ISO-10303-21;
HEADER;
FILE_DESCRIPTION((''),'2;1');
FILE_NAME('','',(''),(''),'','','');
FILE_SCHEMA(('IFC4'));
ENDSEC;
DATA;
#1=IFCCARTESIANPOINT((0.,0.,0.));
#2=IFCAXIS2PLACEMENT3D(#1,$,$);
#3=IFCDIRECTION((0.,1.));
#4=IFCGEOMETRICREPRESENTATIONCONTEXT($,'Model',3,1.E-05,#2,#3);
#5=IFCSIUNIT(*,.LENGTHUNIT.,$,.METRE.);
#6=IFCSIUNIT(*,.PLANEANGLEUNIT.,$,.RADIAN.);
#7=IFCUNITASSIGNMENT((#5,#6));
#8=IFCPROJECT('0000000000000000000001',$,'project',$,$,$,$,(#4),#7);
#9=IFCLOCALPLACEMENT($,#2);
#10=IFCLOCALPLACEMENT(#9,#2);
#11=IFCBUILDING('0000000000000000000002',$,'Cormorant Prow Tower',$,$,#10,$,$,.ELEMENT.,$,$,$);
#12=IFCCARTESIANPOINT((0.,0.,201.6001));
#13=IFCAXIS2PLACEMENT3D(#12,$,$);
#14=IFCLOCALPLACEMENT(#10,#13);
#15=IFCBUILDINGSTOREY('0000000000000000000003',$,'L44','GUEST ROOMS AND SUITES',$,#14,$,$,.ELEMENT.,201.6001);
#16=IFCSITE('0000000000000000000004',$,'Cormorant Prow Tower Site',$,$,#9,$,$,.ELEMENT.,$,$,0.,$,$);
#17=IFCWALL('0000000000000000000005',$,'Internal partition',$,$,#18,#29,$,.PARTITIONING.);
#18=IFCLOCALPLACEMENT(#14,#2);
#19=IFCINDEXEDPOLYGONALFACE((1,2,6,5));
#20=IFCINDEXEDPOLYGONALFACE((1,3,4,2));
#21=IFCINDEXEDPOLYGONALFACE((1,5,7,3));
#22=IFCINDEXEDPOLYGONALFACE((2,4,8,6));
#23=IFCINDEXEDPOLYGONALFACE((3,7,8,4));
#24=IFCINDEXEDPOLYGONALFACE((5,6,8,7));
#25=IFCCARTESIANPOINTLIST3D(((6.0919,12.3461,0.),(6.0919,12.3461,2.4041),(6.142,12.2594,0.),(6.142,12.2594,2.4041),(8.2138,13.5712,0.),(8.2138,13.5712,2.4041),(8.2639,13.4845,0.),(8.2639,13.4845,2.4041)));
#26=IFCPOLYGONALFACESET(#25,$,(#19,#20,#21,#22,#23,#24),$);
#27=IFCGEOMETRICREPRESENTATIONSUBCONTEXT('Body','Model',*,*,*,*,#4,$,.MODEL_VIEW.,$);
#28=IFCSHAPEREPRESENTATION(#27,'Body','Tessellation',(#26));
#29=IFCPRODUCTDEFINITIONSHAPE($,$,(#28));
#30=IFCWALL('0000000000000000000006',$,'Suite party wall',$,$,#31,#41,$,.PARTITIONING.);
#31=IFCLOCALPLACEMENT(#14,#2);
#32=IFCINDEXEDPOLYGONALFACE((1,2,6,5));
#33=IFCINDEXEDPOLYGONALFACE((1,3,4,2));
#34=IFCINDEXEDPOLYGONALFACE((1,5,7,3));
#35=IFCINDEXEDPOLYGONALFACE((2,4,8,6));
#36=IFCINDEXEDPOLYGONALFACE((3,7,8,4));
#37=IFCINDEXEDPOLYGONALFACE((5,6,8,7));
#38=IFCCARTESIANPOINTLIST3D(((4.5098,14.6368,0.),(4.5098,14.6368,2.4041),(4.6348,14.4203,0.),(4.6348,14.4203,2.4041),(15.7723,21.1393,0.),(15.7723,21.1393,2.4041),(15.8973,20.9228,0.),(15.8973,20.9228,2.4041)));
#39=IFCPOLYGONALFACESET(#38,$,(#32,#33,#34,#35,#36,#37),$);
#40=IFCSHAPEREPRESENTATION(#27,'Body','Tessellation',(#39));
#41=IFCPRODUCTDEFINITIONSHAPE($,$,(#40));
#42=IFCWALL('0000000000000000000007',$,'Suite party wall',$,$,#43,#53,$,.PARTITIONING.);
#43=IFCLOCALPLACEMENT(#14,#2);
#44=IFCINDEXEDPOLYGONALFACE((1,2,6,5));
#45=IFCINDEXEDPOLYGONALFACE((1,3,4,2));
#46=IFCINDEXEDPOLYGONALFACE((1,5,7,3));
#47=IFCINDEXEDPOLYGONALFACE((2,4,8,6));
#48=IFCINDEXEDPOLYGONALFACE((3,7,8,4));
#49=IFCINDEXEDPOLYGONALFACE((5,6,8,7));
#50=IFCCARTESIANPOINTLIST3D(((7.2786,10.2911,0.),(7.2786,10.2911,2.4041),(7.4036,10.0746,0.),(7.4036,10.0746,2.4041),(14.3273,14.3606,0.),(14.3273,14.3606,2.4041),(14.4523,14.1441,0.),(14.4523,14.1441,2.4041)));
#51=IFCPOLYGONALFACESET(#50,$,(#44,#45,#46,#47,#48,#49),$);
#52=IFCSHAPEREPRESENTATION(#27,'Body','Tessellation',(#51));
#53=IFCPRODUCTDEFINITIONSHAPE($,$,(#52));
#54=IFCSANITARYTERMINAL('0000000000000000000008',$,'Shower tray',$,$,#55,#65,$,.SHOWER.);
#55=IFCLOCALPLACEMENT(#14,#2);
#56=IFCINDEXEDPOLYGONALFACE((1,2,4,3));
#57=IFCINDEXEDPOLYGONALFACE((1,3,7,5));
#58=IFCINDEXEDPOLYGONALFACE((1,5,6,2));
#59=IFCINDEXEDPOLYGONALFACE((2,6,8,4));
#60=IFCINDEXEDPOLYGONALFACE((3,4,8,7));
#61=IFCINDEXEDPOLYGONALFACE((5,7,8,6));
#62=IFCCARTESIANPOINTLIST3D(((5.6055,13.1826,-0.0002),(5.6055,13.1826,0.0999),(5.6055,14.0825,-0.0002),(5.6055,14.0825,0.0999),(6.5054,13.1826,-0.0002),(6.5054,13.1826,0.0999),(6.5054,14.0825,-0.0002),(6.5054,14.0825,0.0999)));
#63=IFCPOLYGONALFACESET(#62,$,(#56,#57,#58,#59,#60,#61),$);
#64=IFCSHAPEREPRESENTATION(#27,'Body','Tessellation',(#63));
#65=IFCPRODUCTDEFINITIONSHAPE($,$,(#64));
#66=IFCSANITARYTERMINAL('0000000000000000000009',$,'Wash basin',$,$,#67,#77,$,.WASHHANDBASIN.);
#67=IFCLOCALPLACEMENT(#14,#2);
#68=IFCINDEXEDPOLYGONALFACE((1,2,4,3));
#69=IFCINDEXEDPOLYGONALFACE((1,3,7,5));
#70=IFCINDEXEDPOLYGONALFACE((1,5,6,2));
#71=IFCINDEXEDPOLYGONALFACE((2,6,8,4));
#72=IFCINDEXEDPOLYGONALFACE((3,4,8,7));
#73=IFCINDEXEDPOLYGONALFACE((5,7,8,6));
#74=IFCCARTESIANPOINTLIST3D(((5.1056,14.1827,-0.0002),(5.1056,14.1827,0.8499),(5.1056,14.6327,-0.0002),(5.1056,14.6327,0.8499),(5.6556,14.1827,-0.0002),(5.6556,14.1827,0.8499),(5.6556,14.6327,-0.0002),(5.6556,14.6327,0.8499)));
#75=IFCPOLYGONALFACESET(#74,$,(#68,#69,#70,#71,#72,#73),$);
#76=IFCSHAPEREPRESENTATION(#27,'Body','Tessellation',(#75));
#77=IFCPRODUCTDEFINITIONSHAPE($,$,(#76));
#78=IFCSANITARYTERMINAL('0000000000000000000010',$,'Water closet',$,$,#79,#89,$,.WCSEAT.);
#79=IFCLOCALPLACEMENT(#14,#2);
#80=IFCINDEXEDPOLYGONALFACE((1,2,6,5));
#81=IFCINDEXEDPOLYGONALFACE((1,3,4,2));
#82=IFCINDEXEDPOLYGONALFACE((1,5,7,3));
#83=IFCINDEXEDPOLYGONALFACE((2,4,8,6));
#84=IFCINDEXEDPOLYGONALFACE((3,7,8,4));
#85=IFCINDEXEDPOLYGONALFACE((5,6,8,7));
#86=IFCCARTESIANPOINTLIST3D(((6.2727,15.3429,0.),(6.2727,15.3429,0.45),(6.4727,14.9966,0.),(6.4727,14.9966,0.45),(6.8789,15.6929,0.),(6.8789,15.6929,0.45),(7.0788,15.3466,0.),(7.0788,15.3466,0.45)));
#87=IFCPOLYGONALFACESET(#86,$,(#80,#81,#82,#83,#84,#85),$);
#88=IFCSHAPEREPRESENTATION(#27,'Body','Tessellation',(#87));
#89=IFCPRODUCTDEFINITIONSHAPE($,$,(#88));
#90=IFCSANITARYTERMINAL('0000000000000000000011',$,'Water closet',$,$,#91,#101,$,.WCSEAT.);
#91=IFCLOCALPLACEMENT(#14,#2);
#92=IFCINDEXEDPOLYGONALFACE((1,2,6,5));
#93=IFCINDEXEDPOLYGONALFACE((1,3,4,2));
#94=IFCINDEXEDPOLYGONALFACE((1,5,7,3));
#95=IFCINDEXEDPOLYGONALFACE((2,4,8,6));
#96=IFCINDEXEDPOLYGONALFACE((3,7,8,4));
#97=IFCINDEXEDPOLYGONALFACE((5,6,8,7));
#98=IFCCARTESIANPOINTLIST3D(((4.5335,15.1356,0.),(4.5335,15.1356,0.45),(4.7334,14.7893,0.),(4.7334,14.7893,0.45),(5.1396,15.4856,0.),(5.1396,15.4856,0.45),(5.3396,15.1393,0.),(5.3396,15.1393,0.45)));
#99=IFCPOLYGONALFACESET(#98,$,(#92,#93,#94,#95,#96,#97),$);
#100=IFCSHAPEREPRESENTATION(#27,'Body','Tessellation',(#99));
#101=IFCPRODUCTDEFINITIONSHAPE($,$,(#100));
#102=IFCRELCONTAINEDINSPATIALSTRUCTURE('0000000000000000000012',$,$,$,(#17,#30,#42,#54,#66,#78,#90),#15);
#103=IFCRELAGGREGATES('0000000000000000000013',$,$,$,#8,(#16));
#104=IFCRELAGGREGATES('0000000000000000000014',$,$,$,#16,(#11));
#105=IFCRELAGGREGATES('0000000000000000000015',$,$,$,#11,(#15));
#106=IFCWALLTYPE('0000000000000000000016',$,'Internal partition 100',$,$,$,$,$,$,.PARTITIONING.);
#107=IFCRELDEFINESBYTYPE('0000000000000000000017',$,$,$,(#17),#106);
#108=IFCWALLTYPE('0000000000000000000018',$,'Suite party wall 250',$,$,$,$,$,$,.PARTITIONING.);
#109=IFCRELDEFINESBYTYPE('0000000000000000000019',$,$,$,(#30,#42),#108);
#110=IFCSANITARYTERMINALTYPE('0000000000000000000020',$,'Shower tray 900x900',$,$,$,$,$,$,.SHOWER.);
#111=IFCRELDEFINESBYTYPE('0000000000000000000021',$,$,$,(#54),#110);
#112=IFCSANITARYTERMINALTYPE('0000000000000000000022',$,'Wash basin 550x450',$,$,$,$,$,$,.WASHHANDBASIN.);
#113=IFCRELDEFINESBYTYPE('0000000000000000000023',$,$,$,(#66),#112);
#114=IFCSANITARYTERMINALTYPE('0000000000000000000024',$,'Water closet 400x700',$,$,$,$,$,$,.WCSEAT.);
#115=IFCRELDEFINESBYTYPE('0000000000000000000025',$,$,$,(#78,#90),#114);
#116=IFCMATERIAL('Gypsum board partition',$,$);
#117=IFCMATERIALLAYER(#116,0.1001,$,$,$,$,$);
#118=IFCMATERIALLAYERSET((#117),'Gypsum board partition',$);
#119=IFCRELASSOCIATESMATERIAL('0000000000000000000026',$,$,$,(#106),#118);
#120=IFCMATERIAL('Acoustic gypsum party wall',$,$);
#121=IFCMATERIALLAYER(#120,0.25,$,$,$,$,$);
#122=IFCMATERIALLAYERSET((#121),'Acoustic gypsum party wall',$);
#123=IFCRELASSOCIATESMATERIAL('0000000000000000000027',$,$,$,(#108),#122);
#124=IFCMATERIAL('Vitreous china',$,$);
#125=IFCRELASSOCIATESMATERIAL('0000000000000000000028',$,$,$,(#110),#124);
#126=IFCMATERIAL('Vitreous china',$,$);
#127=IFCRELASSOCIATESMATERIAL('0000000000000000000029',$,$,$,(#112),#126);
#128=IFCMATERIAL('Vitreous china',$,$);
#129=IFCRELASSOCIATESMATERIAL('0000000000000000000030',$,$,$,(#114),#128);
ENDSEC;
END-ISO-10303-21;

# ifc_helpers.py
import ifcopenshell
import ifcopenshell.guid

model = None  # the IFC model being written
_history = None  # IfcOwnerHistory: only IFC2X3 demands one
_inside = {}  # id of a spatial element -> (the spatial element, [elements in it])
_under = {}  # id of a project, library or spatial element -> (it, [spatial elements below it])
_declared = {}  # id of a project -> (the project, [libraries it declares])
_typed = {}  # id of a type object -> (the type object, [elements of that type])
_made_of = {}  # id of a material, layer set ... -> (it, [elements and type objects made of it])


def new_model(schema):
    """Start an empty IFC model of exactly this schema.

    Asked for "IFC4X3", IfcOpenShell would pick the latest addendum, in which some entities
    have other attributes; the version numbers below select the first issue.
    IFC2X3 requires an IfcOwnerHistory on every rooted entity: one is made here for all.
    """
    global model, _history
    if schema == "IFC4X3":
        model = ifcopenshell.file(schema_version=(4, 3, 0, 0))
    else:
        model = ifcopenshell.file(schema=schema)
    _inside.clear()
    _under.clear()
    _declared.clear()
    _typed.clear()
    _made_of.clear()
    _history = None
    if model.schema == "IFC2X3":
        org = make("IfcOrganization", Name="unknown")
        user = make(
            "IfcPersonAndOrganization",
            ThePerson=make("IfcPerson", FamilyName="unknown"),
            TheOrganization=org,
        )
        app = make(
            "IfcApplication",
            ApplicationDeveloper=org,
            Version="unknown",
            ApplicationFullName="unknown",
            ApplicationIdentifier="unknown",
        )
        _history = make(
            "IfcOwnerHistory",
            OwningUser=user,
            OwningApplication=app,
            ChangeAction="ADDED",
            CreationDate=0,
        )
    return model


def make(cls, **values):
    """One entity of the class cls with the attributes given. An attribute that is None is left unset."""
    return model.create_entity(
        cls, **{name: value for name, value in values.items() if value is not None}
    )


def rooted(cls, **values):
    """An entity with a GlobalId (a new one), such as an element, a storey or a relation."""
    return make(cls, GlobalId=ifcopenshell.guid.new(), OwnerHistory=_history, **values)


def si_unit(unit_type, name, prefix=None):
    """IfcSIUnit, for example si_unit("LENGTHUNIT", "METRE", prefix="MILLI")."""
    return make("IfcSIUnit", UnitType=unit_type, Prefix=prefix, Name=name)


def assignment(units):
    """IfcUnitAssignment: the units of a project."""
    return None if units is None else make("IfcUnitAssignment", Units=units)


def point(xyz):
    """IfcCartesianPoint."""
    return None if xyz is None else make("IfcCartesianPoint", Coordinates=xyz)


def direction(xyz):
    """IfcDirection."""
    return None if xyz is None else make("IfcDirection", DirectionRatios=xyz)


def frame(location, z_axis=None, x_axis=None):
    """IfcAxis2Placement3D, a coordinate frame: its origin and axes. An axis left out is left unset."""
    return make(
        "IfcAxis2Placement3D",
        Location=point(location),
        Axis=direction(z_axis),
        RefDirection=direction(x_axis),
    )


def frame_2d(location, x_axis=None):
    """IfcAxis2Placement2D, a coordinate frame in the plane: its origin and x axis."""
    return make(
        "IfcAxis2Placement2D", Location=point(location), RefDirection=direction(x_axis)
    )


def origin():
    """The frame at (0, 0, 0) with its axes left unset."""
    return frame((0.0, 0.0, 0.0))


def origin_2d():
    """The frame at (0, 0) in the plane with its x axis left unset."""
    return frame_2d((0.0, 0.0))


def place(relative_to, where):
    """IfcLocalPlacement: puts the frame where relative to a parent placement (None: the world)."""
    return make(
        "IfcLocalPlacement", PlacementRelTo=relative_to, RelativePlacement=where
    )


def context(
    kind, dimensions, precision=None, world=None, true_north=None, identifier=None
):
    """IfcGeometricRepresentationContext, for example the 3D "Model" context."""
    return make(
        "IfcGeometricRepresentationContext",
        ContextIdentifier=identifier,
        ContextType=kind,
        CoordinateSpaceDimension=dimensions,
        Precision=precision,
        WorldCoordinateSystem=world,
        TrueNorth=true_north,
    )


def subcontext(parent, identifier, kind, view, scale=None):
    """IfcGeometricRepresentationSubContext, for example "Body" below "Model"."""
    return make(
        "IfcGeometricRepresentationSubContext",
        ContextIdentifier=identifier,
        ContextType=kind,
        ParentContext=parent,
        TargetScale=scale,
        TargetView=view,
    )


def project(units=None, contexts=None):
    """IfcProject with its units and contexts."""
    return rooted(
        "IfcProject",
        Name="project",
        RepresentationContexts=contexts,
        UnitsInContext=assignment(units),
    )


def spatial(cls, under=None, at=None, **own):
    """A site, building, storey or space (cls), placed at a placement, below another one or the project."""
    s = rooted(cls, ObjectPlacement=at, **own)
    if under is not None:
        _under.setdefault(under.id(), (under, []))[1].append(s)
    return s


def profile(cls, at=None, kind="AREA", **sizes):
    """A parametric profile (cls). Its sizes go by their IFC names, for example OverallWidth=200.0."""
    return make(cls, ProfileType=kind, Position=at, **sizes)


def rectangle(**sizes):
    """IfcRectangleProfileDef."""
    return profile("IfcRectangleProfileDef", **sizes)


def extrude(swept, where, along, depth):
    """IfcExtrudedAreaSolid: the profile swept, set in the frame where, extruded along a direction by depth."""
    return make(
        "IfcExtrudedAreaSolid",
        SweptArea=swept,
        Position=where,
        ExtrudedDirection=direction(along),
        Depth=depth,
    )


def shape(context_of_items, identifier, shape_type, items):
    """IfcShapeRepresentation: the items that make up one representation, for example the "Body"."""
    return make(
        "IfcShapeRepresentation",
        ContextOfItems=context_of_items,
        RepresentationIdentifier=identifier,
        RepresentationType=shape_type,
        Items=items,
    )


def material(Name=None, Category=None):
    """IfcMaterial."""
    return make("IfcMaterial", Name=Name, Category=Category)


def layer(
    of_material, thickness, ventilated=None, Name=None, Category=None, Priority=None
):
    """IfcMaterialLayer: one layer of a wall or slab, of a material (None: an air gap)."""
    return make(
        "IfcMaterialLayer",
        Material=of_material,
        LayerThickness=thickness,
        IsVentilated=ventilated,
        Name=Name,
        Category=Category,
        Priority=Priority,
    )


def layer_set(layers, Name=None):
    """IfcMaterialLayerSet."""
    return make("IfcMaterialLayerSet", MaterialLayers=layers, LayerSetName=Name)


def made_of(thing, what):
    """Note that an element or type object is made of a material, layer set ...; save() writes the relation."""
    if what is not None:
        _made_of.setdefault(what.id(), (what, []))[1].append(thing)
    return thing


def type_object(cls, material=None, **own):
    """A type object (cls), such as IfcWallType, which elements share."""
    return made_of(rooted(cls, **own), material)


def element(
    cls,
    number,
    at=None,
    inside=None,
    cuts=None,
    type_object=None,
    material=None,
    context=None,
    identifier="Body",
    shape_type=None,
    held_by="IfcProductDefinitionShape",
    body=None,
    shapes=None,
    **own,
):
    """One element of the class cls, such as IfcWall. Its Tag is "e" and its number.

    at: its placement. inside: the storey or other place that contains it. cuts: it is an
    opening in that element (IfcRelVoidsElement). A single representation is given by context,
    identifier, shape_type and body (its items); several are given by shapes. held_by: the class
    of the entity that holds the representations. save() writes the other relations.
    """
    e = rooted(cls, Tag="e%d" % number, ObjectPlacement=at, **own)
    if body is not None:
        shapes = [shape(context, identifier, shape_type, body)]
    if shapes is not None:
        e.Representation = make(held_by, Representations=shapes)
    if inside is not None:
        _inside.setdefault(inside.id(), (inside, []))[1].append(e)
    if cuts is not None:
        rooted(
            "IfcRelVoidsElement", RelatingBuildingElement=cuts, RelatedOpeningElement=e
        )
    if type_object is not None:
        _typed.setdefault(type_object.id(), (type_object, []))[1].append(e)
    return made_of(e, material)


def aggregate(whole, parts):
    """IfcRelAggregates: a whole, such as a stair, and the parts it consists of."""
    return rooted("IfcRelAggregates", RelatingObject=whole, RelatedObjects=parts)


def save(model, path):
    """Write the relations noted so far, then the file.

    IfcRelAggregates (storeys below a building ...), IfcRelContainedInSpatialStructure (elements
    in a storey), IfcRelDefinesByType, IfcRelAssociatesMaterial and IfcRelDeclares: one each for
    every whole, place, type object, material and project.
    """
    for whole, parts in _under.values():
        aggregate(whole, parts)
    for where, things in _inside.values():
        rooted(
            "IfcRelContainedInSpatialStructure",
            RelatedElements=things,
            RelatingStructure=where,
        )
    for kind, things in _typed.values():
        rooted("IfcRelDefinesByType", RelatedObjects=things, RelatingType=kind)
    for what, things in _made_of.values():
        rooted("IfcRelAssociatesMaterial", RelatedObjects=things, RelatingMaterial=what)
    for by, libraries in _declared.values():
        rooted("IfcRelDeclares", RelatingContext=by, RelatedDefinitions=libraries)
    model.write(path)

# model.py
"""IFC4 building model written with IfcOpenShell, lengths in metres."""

from ifc_helpers import new_model, si_unit, direction, frame, frame_2d, origin, origin_2d, place, context, subcontext, project, spatial, rectangle, extrude, material, layer, layer_set, type_object, element, save


model = new_model("IFC4")

# Units and contexts
model_context = context("Model", 3, precision=1e-05, world=origin(), true_north=direction((0.0, 1.0)))
body_context = subcontext(model_context, "Body", "Model", "MODEL_VIEW")
ifc_project = project(units=[si_unit("LENGTHUNIT", "METRE"), si_unit("PLANEANGLEUNIT", "RADIAN")], contexts=[model_context])

# Site, building, storey
site_placement = place(None, origin())
site = spatial("IfcSite", under=ifc_project, at=site_placement, Name="Cormorant Prow Tower Site", CompositionType="ELEMENT", RefElevation=0.0)
building_placement = place(site_placement, origin())
building = spatial("IfcBuilding", under=site, at=building_placement, Name="Cormorant Prow Tower", CompositionType="ELEMENT")
storey_placement = place(building_placement, frame((0.0, 0.0, 201.6001)))
storey = spatial("IfcBuildingStorey", under=building, at=storey_placement, Name="L44", Description="GUEST ROOMS AND SUITES", CompositionType="ELEMENT", Elevation=201.6001)

# Shared definitions
ifc_material_1 = material(Name="Gypsum board partition")
ifc_layer_1 = layer(ifc_material_1, 0.1001)
ifc_layer_set_1 = layer_set([ifc_layer_1], Name="Gypsum board partition")
wall_type_1 = type_object("IfcWallType", Name="Internal partition 100", PredefinedType="PARTITIONING", material=ifc_layer_set_1)

# Walls
wall_1_placement = place(storey_placement, frame((6.1169, 12.3027, 0.0), z_axis=(0.0, 0.0, 1.0), x_axis=(0.866015, 0.500019, 0.0)))
element("IfcWall", 1, at=wall_1_placement, inside=storey, type_object=wall_type_1, Name="Internal partition", PredefinedType="PARTITIONING", context=body_context, shape_type="SweptSolid", body=[
    extrude(rectangle(XDim=2.4502, YDim=0.1001, at=frame_2d((1.2251, 0.0))), origin(), (0.0, 0.0, 1.0), 2.4041),
])
ifc_material_2 = material(Name="Acoustic gypsum party wall")
ifc_layer_2 = layer(ifc_material_2, 0.25)
ifc_layer_set_2 = layer_set([ifc_layer_2], Name="Acoustic gypsum party wall")
wall_type_2 = type_object("IfcWallType", Name="Suite party wall 250", PredefinedType="PARTITIONING", material=ifc_layer_set_2)
wall_2_placement = place(storey_placement, frame((4.5723, 14.5286, 0.0), z_axis=(0.0, 0.0, 1.0), x_axis=(0.866023, 0.500004, 0.0)))
element("IfcWall", 2, at=wall_2_placement, inside=storey, type_object=wall_type_2, Name="Suite party wall", PredefinedType="PARTITIONING", context=body_context, shape_type="SweptSolid", body=[
    extrude(rectangle(XDim=13.0049, YDim=0.25, at=frame_2d((6.5024, 0.0))), origin(), (0.0, 0.0, 1.0), 2.4041),
])
wall_3_placement = place(storey_placement, frame((7.3411, 10.1829, 0.0), z_axis=(0.0, 0.0, 1.0), x_axis=(0.866029, 0.499994, 0.0)))
element("IfcWall", 3, at=wall_3_placement, inside=storey, type_object=wall_type_2, Name="Suite party wall", PredefinedType="PARTITIONING", context=body_context, shape_type="SweptSolid", body=[
    extrude(rectangle(XDim=8.1392, YDim=0.25, at=frame_2d((4.0696, 0.0))), origin(), (0.0, 0.0, 1.0), 2.4041),
])

# Sanitary terminals
ifc_material_3 = material(Name="Vitreous china")
sanitary_terminal_type_1 = type_object("IfcSanitaryTerminalType", Name="Shower tray 900x900", PredefinedType="SHOWER", material=ifc_material_3)
sanitary_terminal_1_placement = place(storey_placement, frame((6.0554, 13.6326, -0.0002), z_axis=(0.0, 0.0, 1.0), x_axis=(1.0, 0.0, 0.0)))
element("IfcSanitaryTerminal", 4, at=sanitary_terminal_1_placement, inside=storey, type_object=sanitary_terminal_type_1, Name="Shower tray", PredefinedType="SHOWER", context=body_context, shape_type="SweptSolid", body=[
    extrude(rectangle(XDim=0.8999, YDim=0.8999, at=origin_2d()), origin(), (0.0, 0.0, 1.0), 0.1001),
])
ifc_material_4 = material(Name="Vitreous china")
sanitary_terminal_type_2 = type_object("IfcSanitaryTerminalType", Name="Wash basin 550x450", PredefinedType="WASHHANDBASIN", material=ifc_material_4)
sanitary_terminal_2_placement = place(storey_placement, frame((5.3806, 14.4077, -0.0002), z_axis=(0.0, 0.0, 1.0), x_axis=(1.0, 0.0, 0.0)))
element("IfcSanitaryTerminal", 5, at=sanitary_terminal_2_placement, inside=storey, type_object=sanitary_terminal_type_2, Name="Wash basin", PredefinedType="WASHHANDBASIN", context=body_context, shape_type="SweptSolid", body=[
    extrude(rectangle(XDim=0.55, YDim=0.45, at=origin_2d()), origin(), (0.0, 0.0, 1.0), 0.8501),
])
ifc_material_5 = material(Name="Vitreous china")
sanitary_terminal_type_3 = type_object("IfcSanitaryTerminalType", Name="Water closet 400x700", PredefinedType="WCSEAT", material=ifc_material_5)
for number, where, z_axis, x_axis, name in (
    (6, (6.6758, 15.3447, 0.0), (0.0, 0.0, 1.0), (0.5, -0.866025, 0.0), "Water closet"),
    (7, (4.9365, 15.1375, 0.0), (0.0, 0.0, 1.0), (-0.5, 0.866025, 0.0), "Water closet"),
):
    element("IfcSanitaryTerminal", number, at=place(storey_placement, frame(where, z_axis=z_axis, x_axis=x_axis)), inside=storey, type_object=sanitary_terminal_type_3, Name=name, PredefinedType="WCSEAT", context=body_context, shape_type="SweptSolid", body=[
        extrude(rectangle(XDim=0.3999, YDim=0.7, at=origin_2d()), origin(), (0.0, 0.0, 1.0), 0.45),
    ])

save(model, "model.ifc")
